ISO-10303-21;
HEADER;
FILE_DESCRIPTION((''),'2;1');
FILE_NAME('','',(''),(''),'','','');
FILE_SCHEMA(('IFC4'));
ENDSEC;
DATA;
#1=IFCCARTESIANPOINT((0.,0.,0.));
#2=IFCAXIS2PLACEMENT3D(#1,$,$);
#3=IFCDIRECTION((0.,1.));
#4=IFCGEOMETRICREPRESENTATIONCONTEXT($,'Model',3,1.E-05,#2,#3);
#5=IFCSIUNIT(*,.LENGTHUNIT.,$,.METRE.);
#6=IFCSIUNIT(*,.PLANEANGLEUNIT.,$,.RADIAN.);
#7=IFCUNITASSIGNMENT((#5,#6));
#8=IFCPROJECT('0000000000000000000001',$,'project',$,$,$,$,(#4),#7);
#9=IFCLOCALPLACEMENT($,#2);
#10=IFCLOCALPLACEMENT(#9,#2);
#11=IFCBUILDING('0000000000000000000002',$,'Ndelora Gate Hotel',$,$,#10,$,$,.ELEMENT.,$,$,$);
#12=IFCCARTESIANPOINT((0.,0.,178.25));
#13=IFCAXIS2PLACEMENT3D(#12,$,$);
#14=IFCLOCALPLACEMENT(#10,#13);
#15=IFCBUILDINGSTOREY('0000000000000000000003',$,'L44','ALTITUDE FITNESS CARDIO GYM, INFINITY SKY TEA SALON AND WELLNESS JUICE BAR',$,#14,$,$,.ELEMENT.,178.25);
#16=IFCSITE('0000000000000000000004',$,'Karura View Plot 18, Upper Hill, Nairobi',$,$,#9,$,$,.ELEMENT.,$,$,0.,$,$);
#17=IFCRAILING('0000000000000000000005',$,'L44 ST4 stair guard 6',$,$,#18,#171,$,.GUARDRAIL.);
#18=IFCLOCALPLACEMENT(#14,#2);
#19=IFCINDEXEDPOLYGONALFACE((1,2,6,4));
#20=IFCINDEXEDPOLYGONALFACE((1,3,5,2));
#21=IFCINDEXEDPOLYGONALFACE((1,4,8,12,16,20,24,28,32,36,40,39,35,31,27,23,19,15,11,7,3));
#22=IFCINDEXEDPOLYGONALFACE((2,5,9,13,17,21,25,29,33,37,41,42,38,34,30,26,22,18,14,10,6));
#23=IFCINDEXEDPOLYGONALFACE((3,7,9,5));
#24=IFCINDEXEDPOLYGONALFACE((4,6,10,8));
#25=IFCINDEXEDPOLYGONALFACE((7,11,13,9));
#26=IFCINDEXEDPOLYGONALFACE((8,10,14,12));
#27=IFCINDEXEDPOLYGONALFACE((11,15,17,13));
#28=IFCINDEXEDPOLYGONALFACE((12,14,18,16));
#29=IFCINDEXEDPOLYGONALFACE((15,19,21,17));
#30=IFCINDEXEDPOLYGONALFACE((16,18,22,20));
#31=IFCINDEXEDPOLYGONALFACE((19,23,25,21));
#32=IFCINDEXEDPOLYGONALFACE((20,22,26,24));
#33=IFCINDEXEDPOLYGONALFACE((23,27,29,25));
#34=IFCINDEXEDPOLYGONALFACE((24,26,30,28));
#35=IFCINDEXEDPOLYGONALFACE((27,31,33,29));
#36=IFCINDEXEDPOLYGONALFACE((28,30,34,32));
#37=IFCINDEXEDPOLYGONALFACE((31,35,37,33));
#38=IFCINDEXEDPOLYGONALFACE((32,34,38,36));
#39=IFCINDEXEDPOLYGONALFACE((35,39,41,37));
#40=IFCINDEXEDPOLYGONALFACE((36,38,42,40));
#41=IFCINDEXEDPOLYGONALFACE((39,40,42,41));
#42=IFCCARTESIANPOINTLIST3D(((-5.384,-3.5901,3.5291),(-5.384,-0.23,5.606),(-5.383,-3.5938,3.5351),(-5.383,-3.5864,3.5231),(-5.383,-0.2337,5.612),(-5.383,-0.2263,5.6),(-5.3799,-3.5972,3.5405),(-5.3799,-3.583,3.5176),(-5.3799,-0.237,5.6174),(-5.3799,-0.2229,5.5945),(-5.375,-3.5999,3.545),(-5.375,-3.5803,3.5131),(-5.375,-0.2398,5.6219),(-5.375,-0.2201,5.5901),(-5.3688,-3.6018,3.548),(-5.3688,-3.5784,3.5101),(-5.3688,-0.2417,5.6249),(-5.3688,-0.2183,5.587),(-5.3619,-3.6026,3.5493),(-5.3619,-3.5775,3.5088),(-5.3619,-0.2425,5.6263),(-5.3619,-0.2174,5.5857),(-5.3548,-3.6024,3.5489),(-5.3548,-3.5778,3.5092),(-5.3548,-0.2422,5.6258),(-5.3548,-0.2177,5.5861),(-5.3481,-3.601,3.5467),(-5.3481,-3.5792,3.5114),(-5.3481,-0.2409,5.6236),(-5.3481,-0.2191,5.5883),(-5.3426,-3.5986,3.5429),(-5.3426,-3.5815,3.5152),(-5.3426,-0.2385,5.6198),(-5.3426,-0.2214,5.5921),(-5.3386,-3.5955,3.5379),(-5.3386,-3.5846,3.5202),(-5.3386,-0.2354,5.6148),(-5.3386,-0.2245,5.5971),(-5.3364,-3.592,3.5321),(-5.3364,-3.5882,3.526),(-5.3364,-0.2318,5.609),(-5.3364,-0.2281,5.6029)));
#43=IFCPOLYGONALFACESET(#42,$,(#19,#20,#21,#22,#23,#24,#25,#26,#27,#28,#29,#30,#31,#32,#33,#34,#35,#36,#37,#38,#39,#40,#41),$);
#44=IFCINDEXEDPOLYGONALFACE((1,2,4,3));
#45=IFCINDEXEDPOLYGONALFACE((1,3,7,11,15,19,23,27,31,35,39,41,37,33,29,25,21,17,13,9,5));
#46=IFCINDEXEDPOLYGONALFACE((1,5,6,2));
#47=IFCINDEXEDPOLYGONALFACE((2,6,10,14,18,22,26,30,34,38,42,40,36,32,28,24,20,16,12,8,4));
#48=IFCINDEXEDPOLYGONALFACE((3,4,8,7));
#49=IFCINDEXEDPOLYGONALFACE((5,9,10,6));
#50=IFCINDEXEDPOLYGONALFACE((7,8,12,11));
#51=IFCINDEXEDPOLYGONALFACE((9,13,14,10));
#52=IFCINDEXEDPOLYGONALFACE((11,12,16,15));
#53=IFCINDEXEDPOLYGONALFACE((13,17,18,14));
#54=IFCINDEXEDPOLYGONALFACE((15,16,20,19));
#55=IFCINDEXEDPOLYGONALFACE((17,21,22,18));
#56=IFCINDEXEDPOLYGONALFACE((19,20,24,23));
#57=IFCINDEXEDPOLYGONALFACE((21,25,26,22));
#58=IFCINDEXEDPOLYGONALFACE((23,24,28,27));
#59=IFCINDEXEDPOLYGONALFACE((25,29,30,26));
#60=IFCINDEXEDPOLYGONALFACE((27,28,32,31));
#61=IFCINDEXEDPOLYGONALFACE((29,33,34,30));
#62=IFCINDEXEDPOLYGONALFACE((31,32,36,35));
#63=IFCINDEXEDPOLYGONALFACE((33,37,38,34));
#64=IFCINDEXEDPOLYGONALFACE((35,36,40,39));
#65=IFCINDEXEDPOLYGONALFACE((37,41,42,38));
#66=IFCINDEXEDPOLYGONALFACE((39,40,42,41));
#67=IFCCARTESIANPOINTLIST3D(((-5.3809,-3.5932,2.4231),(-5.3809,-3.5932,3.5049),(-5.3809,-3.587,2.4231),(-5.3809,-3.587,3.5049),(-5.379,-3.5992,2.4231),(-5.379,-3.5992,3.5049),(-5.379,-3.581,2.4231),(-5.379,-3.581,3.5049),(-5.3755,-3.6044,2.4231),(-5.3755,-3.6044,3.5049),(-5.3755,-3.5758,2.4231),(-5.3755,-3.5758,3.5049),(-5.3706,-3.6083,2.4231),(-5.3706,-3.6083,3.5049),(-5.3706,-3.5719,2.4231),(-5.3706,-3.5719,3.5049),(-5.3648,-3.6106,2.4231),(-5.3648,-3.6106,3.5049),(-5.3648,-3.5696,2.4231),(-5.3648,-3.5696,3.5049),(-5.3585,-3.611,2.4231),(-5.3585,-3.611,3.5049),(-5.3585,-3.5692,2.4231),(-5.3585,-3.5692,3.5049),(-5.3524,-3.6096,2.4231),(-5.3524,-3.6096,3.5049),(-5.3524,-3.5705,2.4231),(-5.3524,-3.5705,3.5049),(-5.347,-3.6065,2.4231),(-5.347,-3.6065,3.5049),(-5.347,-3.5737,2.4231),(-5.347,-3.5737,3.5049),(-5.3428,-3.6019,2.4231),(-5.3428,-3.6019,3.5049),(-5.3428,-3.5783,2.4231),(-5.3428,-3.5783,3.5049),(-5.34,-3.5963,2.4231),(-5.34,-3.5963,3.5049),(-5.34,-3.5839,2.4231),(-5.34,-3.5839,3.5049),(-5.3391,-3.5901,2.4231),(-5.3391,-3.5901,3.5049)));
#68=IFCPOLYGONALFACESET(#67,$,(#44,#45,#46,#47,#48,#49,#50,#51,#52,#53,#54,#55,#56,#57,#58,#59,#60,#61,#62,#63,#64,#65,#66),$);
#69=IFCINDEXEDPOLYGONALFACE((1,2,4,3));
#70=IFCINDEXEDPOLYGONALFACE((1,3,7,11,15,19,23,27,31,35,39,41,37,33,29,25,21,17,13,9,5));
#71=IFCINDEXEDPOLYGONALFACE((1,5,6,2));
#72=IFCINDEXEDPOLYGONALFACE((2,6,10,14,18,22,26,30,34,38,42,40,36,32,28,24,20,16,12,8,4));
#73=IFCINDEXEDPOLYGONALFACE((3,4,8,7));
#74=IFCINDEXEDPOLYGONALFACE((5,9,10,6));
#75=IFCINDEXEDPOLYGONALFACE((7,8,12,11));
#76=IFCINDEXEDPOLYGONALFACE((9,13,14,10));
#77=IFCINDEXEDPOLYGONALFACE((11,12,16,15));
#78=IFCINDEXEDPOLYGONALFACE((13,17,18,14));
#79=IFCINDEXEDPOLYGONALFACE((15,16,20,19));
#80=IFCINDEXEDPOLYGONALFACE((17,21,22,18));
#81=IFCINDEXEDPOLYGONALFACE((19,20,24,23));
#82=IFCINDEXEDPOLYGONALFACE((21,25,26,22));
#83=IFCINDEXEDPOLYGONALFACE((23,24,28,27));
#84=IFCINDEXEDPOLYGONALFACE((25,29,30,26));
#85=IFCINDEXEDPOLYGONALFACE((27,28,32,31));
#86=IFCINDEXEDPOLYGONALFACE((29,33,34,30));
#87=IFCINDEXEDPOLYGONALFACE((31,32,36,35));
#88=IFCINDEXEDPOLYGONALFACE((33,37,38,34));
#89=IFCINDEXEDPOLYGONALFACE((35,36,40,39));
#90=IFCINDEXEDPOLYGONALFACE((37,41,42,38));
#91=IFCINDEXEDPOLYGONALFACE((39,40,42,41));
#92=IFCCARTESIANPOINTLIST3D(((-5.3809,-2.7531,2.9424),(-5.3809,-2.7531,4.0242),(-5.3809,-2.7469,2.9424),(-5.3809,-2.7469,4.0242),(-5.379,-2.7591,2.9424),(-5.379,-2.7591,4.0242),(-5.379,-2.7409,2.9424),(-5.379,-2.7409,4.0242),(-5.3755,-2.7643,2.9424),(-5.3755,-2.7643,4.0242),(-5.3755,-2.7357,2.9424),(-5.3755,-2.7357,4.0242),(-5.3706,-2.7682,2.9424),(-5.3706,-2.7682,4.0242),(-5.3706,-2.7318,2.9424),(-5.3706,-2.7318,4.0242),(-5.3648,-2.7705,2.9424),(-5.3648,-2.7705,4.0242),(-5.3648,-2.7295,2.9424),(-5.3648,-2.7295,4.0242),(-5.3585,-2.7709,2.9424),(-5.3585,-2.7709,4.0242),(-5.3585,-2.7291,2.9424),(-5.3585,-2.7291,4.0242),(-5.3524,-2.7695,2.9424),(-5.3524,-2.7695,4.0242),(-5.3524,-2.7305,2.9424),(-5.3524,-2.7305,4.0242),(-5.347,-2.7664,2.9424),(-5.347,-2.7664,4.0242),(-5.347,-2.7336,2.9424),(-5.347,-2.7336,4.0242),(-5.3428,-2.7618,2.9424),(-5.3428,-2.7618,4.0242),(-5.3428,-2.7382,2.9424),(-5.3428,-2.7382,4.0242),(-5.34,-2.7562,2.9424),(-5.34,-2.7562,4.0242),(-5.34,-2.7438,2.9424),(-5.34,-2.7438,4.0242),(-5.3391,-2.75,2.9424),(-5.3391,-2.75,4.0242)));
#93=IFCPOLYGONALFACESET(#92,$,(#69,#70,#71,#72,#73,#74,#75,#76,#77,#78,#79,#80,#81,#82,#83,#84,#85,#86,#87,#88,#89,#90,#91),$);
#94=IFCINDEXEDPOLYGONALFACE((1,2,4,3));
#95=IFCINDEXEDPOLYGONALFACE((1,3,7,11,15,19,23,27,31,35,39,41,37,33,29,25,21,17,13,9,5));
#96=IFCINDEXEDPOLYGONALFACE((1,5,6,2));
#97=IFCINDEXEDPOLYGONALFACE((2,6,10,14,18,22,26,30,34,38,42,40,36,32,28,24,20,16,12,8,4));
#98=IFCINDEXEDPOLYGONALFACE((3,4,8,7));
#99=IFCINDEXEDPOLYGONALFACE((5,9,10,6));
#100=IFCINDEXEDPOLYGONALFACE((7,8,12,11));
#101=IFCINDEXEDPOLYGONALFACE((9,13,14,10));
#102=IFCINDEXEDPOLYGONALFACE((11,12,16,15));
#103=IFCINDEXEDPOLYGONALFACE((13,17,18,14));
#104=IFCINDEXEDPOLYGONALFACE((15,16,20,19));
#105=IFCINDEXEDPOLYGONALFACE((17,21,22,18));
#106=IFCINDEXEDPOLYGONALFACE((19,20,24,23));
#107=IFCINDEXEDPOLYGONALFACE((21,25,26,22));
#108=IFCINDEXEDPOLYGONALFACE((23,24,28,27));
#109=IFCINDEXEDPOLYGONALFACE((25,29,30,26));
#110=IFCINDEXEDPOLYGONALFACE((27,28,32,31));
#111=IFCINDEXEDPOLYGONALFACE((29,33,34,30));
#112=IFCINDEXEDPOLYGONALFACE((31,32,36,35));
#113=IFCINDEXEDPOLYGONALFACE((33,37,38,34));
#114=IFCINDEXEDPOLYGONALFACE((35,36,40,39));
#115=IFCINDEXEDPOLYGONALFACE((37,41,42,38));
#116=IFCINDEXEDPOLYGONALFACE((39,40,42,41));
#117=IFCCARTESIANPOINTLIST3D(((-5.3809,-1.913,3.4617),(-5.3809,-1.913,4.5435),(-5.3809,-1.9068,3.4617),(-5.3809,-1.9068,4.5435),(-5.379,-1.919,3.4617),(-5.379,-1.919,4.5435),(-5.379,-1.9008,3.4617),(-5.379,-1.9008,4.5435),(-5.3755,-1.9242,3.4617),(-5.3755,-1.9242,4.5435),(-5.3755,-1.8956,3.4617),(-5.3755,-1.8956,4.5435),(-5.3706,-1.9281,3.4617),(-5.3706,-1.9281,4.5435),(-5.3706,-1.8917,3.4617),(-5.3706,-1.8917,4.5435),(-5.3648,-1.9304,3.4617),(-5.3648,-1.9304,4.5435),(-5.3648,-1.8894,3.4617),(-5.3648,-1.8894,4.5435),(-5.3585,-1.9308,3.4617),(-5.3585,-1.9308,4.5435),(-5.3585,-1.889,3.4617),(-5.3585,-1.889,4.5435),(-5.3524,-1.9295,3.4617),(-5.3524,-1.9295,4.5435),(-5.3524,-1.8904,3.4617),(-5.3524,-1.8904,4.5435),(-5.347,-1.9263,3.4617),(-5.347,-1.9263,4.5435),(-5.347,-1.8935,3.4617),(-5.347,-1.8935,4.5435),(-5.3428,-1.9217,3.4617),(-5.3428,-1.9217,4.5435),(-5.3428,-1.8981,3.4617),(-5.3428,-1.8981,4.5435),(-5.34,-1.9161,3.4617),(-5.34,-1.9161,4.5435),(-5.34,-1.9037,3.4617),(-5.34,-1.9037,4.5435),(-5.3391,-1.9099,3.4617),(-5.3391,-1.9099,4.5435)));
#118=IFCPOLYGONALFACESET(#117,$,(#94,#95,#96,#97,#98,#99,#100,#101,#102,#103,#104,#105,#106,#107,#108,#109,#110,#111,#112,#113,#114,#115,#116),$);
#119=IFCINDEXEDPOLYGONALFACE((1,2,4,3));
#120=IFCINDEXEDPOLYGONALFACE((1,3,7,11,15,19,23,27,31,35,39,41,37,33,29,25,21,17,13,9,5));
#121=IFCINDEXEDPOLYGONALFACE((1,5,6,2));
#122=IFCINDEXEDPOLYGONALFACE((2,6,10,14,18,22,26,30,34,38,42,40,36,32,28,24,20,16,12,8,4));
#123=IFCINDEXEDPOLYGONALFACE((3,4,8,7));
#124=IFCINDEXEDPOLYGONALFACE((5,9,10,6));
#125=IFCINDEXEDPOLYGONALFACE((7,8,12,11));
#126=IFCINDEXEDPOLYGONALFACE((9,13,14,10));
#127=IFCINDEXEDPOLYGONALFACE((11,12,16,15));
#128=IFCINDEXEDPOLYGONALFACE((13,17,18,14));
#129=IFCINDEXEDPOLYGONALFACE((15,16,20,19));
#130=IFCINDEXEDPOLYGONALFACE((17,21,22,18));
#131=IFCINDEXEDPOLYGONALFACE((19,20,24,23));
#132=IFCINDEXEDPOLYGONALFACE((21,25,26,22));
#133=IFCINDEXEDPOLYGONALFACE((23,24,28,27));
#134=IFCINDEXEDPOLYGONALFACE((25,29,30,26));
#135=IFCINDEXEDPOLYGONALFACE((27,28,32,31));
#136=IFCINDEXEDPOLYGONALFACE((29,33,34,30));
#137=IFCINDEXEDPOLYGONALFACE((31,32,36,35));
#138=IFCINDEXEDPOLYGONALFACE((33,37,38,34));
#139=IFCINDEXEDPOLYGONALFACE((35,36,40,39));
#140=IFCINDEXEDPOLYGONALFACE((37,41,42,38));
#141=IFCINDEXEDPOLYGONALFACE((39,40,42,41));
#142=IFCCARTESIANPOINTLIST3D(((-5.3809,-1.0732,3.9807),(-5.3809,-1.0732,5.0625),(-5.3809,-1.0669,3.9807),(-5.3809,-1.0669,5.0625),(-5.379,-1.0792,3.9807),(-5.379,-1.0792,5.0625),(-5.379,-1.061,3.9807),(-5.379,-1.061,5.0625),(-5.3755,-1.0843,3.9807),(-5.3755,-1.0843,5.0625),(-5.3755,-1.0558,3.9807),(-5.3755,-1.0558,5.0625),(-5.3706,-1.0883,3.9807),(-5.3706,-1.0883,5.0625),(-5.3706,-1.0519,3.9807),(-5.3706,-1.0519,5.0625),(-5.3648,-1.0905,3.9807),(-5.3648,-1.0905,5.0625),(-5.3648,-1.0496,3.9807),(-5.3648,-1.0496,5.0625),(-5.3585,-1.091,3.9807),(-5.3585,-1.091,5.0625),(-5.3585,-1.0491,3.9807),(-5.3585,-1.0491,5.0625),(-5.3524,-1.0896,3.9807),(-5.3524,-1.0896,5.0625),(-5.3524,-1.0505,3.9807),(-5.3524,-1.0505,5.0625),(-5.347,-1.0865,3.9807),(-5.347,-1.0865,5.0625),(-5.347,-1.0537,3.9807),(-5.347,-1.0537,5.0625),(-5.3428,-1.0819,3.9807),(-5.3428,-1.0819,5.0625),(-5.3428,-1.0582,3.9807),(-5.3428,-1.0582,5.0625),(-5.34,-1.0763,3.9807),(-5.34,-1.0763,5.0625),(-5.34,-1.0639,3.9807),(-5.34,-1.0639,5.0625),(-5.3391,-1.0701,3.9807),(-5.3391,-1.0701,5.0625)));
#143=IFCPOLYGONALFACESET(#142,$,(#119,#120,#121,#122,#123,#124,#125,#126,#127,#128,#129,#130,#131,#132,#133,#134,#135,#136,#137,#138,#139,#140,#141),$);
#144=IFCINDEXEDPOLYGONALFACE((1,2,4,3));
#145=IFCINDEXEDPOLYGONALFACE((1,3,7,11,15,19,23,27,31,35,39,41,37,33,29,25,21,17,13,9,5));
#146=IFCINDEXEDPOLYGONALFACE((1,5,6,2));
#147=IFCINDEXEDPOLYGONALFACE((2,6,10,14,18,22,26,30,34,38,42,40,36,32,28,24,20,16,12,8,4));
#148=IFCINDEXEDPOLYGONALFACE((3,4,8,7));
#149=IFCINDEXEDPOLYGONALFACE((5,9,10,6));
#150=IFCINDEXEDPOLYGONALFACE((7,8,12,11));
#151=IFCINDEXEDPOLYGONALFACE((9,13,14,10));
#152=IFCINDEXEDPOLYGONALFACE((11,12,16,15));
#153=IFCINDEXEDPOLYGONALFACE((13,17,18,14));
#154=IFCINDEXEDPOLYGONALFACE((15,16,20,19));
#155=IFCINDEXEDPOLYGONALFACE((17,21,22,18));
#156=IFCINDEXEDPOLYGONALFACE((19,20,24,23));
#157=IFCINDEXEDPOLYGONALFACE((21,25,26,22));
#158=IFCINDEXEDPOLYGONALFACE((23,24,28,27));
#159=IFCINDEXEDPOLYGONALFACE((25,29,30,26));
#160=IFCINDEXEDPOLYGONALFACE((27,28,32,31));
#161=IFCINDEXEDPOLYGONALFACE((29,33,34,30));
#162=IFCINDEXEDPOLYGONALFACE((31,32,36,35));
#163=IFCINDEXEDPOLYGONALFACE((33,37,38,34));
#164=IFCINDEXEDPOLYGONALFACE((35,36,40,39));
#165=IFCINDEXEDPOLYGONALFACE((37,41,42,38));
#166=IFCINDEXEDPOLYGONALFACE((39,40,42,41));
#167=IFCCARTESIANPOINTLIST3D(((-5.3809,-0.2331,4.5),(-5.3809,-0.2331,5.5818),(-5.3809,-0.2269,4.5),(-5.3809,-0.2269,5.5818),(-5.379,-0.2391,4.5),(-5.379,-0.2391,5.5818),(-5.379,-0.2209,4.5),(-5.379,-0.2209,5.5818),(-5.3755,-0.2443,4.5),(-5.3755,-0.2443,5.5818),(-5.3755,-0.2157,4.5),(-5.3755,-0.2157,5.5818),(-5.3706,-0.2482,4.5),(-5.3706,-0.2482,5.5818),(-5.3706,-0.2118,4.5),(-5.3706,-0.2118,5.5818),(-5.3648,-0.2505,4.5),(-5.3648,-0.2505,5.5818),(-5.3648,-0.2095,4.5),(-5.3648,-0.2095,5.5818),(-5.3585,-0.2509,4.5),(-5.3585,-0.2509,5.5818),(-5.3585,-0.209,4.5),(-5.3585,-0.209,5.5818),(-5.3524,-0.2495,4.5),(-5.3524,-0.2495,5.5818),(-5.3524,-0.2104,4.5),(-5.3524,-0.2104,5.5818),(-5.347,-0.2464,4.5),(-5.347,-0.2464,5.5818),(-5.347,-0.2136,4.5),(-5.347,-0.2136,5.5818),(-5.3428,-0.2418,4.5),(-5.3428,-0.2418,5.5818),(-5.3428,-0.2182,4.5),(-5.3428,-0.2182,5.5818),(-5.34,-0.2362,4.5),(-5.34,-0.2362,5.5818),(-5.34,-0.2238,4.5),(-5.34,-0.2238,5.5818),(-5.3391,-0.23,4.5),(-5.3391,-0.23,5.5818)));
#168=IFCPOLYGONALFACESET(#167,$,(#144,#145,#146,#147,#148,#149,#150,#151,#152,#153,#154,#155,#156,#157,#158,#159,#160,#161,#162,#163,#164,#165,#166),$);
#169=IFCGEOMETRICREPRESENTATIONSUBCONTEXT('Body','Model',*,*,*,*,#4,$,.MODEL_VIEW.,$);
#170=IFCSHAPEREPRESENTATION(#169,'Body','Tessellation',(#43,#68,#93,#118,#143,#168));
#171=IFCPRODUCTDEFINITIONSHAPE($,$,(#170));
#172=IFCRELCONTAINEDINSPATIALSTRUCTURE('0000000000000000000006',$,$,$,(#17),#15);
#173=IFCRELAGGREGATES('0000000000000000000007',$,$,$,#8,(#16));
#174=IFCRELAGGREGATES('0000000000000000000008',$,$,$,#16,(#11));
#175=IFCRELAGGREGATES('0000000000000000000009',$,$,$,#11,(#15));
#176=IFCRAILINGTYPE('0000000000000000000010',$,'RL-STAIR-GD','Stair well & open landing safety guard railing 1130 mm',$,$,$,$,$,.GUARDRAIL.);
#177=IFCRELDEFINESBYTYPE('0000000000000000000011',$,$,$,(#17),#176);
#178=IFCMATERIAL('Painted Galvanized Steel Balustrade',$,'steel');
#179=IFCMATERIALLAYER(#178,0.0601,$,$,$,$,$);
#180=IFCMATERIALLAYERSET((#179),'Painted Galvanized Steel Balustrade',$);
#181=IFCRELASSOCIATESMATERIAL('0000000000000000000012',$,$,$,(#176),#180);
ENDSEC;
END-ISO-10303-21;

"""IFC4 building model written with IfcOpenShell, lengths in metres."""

from ifc_helpers import new_model, si_unit, direction, frame, origin, origin_2d, place, context, subcontext, project, spatial, circle, extrude, material, layer, layer_set, type_object, element, save


model = new_model("IFC4")

# Units and contexts
model_context = context("Model", 3, precision=1e-05, world=origin(), true_north=direction((0.0, 1.0)))
body_context = subcontext(model_context, "Body", "Model", "MODEL_VIEW")
ifc_project = project(units=[si_unit("LENGTHUNIT", "METRE"), si_unit("PLANEANGLEUNIT", "RADIAN")], contexts=[model_context])

# Site, building, storey
site_placement = place(None, origin())
site = spatial("IfcSite", under=ifc_project, at=site_placement, Name="Karura View Plot 18, Upper Hill, Nairobi", CompositionType="ELEMENT", RefElevation=0.0)
building_placement = place(site_placement, origin())
building = spatial("IfcBuilding", under=site, at=building_placement, Name="Ndelora Gate Hotel", CompositionType="ELEMENT")
storey_placement = place(building_placement, frame((0.0, 0.0, 178.25)))
storey = spatial("IfcBuildingStorey", under=building, at=storey_placement, Name="L44", Description="ALTITUDE FITNESS CARDIO GYM, INFINITY SKY TEA SALON AND WELLNESS JUICE BAR", CompositionType="ELEMENT", Elevation=178.25)

# Railing
ifc_material_1 = material(Name="Painted Galvanized Steel Balustrade", Category="steel")
ifc_layer_1 = layer(ifc_material_1, 0.0601)
ifc_layer_set_1 = layer_set([ifc_layer_1], Name="Painted Galvanized Steel Balustrade")
railing_type_1 = type_object("IfcRailingType", Name="RL-STAIR-GD", Description="Stair well & open landing safety guard railing 1130 mm", PredefinedType="GUARDRAIL", material=ifc_layer_set_1)
railing_1_placement = place(storey_placement, frame((-5.3601, -3.5901, 2.4231)))
element("IfcRailing", 1, at=railing_1_placement, inside=storey, type_object=railing_type_1, Name="L44 ST4 stair guard 6", PredefinedType="GUARDRAIL", context=body_context, shape_type="SweptSolid", body=[
    extrude(circle(Radius=0.0239, at=origin_2d()), frame((0.0, 0.0, 1.106), z_axis=(0.0, 0.850623, 0.525776), x_axis=(-1.0, 0.0, 0.0)), (0.0, 0.0, 1.0), 3.9502),
    extrude(circle(Radius=0.021, at=origin_2d()), origin(), (0.0, 0.0, 1.0), 1.0818),
    extrude(circle(Radius=0.021, at=origin_2d()), frame((0.0, 0.8401, 0.5193)), (0.0, 0.0, 1.0), 1.0818),
    extrude(circle(Radius=0.021, at=origin_2d()), frame((0.0, 1.6802, 1.0386)), (0.0, 0.0, 1.0), 1.0818),
    extrude(circle(Radius=0.021, at=origin_2d()), frame((0.0, 2.52, 1.5576)), (0.0, 0.0, 1.0), 1.0818),
    extrude(circle(Radius=0.021, at=origin_2d()), frame((0.0, 3.3601, 2.0769)), (0.0, 0.0, 1.0), 1.0818),
])

save(model, "model.ifc")
